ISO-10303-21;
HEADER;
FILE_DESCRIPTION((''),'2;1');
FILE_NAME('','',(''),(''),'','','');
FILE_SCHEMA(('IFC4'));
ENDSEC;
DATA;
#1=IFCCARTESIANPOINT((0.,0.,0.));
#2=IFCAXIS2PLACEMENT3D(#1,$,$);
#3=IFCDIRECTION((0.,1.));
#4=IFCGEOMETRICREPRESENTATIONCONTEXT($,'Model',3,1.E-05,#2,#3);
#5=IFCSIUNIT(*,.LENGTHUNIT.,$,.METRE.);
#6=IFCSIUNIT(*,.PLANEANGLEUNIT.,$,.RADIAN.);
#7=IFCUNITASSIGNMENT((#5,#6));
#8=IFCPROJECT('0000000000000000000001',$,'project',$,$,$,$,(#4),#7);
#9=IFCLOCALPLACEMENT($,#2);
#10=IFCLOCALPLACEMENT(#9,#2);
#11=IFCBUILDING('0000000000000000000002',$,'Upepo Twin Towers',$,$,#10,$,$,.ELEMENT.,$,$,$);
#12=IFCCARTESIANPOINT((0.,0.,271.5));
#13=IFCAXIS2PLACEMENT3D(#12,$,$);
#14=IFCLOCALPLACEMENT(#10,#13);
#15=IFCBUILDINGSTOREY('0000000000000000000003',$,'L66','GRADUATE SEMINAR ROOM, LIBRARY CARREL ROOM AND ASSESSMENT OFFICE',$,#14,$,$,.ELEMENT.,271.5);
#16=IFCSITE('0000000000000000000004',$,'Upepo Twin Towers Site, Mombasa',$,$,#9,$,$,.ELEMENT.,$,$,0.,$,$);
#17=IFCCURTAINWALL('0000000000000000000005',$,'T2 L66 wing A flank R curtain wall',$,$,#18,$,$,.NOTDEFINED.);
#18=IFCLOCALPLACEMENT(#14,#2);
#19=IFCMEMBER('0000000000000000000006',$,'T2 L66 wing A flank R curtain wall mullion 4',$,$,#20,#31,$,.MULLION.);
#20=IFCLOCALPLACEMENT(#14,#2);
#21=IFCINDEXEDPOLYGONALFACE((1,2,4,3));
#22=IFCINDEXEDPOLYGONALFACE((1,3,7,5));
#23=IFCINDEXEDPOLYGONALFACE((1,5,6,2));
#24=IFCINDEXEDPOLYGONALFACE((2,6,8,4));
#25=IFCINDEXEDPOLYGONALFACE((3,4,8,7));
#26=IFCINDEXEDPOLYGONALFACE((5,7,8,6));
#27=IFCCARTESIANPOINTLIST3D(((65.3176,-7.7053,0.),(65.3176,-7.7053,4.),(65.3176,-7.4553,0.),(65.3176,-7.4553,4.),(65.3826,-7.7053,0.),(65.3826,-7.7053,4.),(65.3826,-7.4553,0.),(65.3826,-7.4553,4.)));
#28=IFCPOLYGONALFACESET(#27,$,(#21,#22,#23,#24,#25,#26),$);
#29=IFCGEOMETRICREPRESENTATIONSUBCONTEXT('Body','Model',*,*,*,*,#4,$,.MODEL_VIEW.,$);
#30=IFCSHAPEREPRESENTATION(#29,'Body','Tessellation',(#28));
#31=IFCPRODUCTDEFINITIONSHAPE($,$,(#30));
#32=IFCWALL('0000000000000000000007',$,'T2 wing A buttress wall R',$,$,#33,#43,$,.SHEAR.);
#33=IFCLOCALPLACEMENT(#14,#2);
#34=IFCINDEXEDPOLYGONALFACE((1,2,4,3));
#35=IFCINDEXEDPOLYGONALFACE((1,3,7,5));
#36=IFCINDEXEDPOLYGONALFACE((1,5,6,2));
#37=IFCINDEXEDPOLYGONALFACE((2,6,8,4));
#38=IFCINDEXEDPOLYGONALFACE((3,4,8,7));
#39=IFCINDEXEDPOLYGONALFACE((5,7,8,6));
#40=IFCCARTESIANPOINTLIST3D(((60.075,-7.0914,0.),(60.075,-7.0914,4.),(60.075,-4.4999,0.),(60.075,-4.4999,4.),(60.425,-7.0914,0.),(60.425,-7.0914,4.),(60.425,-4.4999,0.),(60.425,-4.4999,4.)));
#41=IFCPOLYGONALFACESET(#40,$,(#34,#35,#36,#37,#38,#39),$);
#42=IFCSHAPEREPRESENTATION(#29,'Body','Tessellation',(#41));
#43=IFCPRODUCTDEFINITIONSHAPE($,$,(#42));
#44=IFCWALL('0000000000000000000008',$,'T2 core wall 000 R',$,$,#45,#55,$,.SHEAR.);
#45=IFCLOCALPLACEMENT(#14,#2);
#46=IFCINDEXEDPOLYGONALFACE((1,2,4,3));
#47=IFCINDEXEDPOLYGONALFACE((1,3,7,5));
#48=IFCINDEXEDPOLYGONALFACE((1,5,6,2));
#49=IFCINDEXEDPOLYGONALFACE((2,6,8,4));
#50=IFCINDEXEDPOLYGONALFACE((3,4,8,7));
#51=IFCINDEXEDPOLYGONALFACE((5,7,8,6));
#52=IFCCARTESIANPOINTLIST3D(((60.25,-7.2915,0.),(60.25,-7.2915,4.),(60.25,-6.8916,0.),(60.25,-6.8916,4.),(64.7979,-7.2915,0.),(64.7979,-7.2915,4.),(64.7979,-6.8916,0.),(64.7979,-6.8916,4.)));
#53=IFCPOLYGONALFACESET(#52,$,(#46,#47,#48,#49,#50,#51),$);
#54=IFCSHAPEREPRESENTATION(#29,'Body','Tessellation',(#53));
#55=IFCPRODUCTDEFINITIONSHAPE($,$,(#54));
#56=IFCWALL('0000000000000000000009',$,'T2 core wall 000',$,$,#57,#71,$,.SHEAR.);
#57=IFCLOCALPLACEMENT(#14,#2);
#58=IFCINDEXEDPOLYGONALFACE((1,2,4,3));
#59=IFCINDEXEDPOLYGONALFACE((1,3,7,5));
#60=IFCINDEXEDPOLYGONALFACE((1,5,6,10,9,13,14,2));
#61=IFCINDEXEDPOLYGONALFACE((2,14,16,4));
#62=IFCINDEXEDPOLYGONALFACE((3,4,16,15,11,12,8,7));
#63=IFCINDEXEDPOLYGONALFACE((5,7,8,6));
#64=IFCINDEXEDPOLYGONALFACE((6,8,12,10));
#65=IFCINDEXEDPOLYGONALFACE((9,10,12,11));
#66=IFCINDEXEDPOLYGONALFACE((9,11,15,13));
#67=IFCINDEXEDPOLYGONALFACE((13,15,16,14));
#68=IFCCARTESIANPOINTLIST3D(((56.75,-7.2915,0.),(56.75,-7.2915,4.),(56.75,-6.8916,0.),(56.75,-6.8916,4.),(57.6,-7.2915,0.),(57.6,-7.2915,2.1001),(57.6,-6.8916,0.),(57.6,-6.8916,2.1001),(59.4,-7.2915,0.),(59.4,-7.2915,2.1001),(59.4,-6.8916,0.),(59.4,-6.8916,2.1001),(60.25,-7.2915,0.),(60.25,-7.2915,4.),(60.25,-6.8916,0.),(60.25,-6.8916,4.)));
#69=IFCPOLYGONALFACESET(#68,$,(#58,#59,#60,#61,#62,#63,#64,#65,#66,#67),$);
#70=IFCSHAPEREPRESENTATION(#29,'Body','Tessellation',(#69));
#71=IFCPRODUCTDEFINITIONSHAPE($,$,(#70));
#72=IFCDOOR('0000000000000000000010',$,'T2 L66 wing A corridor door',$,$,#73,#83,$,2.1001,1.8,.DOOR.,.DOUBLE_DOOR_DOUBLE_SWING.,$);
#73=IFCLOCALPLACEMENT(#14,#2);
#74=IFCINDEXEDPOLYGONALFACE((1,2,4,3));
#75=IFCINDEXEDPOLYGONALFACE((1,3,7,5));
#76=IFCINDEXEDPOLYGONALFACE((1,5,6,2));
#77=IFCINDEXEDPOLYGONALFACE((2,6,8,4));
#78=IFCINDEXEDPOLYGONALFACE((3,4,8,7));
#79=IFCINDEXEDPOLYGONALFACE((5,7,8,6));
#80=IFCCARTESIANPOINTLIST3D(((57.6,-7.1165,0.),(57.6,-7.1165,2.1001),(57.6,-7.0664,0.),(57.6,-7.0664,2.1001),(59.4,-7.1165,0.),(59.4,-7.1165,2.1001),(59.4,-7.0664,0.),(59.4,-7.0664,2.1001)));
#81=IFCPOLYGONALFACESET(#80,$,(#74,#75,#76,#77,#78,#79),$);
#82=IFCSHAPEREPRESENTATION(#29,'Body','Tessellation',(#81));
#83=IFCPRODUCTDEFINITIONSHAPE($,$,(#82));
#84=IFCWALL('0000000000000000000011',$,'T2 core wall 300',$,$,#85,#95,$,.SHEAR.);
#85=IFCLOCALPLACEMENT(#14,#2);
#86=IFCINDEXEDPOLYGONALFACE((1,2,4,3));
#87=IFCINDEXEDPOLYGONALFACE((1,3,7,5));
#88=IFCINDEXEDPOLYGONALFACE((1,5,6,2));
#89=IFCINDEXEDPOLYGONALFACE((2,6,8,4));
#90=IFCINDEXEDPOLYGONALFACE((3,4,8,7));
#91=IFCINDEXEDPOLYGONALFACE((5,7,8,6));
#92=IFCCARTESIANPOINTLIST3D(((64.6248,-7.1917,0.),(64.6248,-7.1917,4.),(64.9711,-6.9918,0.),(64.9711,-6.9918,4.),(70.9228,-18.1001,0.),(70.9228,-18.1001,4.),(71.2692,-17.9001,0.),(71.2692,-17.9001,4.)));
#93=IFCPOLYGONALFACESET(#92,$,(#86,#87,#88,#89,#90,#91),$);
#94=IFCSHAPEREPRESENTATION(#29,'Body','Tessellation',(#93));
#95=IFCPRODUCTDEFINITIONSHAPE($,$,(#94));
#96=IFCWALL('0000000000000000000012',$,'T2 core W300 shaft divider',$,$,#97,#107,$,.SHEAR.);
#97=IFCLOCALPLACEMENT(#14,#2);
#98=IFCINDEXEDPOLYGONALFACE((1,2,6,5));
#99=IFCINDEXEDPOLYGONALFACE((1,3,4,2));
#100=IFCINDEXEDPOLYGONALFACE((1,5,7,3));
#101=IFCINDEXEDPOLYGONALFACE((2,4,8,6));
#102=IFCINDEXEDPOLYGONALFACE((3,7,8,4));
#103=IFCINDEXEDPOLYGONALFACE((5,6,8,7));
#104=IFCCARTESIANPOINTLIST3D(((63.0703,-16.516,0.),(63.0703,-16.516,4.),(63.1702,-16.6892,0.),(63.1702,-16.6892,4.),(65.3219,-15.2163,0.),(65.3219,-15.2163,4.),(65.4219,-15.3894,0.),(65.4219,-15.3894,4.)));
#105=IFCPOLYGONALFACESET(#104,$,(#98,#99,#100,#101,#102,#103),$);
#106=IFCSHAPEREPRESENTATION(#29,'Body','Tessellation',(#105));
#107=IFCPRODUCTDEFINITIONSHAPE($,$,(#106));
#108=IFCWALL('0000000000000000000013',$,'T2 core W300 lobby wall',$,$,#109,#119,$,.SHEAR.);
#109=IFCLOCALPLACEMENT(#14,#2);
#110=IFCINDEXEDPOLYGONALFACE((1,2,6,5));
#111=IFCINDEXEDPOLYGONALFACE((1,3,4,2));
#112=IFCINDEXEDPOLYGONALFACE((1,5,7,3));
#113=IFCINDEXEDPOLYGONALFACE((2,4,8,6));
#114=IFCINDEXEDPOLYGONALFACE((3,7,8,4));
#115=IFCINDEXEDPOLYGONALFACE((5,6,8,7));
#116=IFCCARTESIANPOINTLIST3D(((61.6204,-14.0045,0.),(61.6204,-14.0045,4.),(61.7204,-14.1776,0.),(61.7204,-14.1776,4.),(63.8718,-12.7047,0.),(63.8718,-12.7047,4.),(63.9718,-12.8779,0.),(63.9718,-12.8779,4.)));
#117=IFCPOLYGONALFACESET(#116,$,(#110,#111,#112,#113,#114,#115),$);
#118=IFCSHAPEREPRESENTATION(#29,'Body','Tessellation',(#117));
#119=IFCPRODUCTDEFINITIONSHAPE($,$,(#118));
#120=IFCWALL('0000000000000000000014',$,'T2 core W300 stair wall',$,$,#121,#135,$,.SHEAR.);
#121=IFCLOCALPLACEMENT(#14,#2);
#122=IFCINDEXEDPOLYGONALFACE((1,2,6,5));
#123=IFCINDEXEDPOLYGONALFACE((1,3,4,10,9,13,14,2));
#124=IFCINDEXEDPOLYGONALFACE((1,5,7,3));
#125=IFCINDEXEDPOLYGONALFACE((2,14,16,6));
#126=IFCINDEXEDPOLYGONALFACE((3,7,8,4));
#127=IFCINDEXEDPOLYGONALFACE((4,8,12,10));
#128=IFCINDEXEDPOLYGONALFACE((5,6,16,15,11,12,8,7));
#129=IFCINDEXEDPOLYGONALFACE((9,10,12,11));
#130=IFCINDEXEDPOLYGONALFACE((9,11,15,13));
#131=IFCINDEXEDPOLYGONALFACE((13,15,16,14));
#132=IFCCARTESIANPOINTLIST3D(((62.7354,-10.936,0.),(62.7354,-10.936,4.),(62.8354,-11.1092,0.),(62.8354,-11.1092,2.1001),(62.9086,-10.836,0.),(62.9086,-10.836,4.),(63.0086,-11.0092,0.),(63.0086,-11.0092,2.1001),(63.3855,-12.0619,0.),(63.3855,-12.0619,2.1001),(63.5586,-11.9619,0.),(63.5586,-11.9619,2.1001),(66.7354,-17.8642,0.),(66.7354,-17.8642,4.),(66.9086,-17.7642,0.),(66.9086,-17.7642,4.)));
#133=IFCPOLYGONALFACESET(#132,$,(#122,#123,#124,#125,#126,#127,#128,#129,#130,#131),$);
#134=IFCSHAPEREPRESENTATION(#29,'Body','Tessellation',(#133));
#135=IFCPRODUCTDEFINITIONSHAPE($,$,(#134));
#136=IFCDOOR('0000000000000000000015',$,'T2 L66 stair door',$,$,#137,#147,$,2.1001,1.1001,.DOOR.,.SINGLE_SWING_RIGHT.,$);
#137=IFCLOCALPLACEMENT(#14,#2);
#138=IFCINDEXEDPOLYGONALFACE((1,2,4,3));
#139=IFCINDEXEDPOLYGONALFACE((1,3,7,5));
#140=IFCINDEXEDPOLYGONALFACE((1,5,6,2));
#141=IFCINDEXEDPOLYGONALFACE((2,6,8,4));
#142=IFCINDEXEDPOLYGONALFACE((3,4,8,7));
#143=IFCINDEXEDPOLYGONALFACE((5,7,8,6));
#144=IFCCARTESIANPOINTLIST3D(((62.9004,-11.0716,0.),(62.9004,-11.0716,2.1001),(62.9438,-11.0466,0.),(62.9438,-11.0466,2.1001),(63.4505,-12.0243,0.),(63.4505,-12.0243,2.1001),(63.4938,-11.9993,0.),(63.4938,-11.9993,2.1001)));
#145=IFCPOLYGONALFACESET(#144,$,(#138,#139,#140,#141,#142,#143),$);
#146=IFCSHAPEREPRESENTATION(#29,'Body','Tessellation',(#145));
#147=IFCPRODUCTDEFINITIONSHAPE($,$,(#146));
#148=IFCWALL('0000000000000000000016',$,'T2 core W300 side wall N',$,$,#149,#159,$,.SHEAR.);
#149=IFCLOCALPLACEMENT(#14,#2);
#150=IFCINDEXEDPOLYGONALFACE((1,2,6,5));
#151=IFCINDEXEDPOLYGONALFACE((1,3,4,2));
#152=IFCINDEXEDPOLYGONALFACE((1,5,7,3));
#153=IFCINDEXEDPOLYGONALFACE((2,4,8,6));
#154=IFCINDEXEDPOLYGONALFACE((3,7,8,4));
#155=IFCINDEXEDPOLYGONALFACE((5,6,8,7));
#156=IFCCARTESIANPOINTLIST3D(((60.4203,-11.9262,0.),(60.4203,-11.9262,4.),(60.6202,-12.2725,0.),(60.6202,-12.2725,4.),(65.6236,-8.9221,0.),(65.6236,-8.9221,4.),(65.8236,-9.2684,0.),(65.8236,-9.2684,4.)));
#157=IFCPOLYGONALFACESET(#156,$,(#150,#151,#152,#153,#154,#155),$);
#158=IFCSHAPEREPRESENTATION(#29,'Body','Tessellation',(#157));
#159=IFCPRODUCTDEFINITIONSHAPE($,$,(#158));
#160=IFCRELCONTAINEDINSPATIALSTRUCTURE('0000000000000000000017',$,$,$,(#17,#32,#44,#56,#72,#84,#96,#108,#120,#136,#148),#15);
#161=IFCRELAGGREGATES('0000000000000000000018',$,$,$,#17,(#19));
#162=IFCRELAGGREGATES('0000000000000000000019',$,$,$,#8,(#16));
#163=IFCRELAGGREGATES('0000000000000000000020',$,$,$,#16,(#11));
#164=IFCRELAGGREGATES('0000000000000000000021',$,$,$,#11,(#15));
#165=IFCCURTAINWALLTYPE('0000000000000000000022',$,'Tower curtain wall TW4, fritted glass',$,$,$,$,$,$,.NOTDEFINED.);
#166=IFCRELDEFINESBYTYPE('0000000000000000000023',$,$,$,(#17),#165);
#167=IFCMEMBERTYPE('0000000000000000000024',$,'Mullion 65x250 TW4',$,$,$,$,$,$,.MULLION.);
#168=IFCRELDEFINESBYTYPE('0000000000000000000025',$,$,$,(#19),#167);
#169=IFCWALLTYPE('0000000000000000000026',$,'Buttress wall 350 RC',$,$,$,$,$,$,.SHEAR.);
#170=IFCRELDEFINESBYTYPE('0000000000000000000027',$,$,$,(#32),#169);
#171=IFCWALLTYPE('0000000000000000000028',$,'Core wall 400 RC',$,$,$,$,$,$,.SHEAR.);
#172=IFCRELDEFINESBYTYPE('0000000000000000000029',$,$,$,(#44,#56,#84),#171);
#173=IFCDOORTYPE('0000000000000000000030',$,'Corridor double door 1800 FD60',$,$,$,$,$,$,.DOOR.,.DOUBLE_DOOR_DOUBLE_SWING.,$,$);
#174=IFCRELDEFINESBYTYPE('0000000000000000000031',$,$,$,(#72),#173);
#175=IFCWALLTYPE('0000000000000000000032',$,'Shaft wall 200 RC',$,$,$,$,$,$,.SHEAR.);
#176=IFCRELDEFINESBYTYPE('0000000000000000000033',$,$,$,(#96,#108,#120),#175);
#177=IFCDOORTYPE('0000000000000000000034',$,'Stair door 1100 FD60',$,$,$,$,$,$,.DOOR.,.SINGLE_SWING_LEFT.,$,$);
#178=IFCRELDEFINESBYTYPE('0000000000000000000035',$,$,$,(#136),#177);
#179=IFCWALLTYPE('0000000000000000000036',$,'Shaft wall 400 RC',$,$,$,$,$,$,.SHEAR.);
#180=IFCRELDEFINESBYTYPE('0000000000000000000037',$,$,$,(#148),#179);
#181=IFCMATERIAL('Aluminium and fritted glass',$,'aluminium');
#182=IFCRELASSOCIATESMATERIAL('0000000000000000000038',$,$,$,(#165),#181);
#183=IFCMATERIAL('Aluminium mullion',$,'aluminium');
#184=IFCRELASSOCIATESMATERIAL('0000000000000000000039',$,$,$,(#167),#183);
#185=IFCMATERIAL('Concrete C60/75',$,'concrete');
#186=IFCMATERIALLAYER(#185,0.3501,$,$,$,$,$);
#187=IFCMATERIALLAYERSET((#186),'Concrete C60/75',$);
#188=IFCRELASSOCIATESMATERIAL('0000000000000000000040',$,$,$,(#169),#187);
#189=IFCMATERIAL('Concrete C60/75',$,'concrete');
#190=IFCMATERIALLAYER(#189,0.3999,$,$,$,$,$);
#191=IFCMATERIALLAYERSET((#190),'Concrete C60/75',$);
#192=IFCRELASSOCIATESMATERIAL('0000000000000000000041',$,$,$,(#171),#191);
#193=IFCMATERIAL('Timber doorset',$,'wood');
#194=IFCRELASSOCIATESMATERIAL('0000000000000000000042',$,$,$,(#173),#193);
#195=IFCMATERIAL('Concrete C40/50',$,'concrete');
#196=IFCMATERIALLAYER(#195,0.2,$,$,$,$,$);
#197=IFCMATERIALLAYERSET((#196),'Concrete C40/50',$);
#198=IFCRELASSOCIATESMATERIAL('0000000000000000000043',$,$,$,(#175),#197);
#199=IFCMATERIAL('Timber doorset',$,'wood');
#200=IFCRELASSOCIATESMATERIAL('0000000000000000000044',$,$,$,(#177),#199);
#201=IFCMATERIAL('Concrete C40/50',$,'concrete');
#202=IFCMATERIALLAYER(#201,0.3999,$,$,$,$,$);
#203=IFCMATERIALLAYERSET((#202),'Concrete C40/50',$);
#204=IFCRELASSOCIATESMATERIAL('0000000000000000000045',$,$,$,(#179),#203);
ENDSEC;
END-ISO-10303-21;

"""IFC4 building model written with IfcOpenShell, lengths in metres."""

from ifc_helpers import new_model, si_unit, direction, frame, frame_2d, origin, origin_2d, place, context, subcontext, project, spatial, rectangle, extrude, material, layer, layer_set, material_profile, profile_set, type_object, element, fill, aggregate, save


model = new_model("IFC4")

# Units and contexts
model_context = context("Model", 3, precision=1e-05, world=origin(), true_north=direction((0.0, 1.0)))
body_context = subcontext(model_context, "Body", "Model", "MODEL_VIEW")
ifc_project = project(units=[si_unit("LENGTHUNIT", "METRE"), si_unit("PLANEANGLEUNIT", "RADIAN")], contexts=[model_context])

# Site, building, storey
site_placement = place(None, origin())
site = spatial("IfcSite", under=ifc_project, at=site_placement, Name="Upepo Twin Towers Site, Mombasa", CompositionType="ELEMENT", RefElevation=0.0)
building_placement = place(site_placement, origin())
building = spatial("IfcBuilding", under=site, at=building_placement, Name="Upepo Twin Towers", CompositionType="ELEMENT")
storey_placement = place(building_placement, frame((0.0, 0.0, 271.5)))
storey = spatial("IfcBuildingStorey", under=building, at=storey_placement, Name="L66", Description="GRADUATE SEMINAR ROOM, LIBRARY CARREL ROOM AND ASSESSMENT OFFICE", CompositionType="ELEMENT", Elevation=271.5)

# Curtain wall, member
ifc_material_1 = material(Name="Aluminium and fritted glass", Category="aluminium")
curtain_wall_type = type_object("IfcCurtainWallType", Name="Tower curtain wall TW4, fritted glass", PredefinedType="NOTDEFINED", material=ifc_material_1)
curtain_wall_placement = place(storey_placement, origin())
curtain_wall = element("IfcCurtainWall", 1, at=curtain_wall_placement, inside=storey, type_object=curtain_wall_type, Name="T2 L66 wing A flank R curtain wall", PredefinedType="NOTDEFINED")
ifc_material_2 = material(Name="Aluminium mullion", Category="aluminium")
ifc_material_profile = material_profile(ifc_material_2, rectangle(XDim=0.0649, YDim=0.25, at=origin_2d()), Name="MULLION 65x250")
ifc_profile_set = profile_set([ifc_material_profile], Name="Aluminium mullion")
member_type = type_object("IfcMemberType", Name="Mullion 65x250 TW4", PredefinedType="MULLION", material=ifc_profile_set)
member_placement = place(storey_placement, frame((65.3501, -7.5803, 0.0), z_axis=(0.0, 0.0, 1.0), x_axis=(1.0, 0.0, 0.0)))
member = element("IfcMember", 2, at=member_placement, type_object=member_type, Name="T2 L66 wing A flank R curtain wall mullion 4", PredefinedType="MULLION", context=body_context, shape_type="SweptSolid", body=[
    extrude(rectangle(XDim=0.0649, YDim=0.25, at=origin_2d()), origin(), (0.0, 0.0, 1.0), 4.0),
])
aggregate(curtain_wall, [member])

# Walls
ifc_material_3 = material(Name="Concrete C60/75", Category="concrete")
ifc_layer_1 = layer(ifc_material_3, 0.3501)
ifc_layer_set_1 = layer_set([ifc_layer_1], Name="Concrete C60/75")
wall_type_1 = type_object("IfcWallType", Name="Buttress wall 350 RC", PredefinedType="SHEAR", material=ifc_layer_set_1)
wall_1_placement = place(storey_placement, frame((60.25, -7.0916, 0.0), z_axis=(0.0, 0.0, 1.0), x_axis=(0.0, 1.0, 0.0)))
element("IfcWall", 3, at=wall_1_placement, inside=storey, type_object=wall_type_1, Name="T2 wing A buttress wall R", PredefinedType="SHEAR", context=body_context, shape_type="SweptSolid", body=[
    extrude(rectangle(XDim=2.5916, YDim=0.3501, at=frame_2d((1.2959, 0.0))), origin(), (0.0, 0.0, 1.0), 4.0),
])
ifc_material_4 = material(Name="Concrete C60/75", Category="concrete")
ifc_layer_2 = layer(ifc_material_4, 0.3999)
ifc_layer_set_2 = layer_set([ifc_layer_2], Name="Concrete C60/75")
wall_type_2 = type_object("IfcWallType", Name="Core wall 400 RC", PredefinedType="SHEAR", material=ifc_layer_set_2)
wall_2_placement = place(storey_placement, frame((64.7979, -7.0916, 0.0), z_axis=(0.0, 0.0, 1.0), x_axis=(-1.0, 0.0, 0.0)))
element("IfcWall", 4, at=wall_2_placement, inside=storey, type_object=wall_type_2, Name="T2 core wall 000 R", PredefinedType="SHEAR", context=body_context, shape_type="SweptSolid", body=[
    extrude(rectangle(XDim=4.5479, YDim=0.3999, at=frame_2d((2.2739, 0.0))), origin(), (0.0, 0.0, 1.0), 4.0),
])

# Wall, opening, door
wall_3_placement = place(storey_placement, frame((60.25, -7.0916, 0.0), z_axis=(0.0, 0.0, 1.0), x_axis=(-1.0, 0.0, 0.0)))
wall_3 = element("IfcWall", 5, at=wall_3_placement, inside=storey, type_object=wall_type_2, Name="T2 core wall 000", PredefinedType="SHEAR", context=body_context, shape_type="SweptSolid", body=[
    extrude(rectangle(XDim=3.5, YDim=0.3999, at=frame_2d((1.75, 0.0))), origin(), (0.0, 0.0, 1.0), 4.0),
])
opening_1_placement = place(wall_3_placement, frame((0.8501, 0.0, 0.0)))
opening_1 = element("IfcOpeningElement", 6, at=opening_1_placement, cuts=wall_3, PredefinedType="OPENING", context=body_context, shape_type="SweptSolid", body=[
    extrude(rectangle(XDim=1.8, YDim=2.1001, at=frame_2d((0.8999, 1.05))), frame((0.0, 0.21, 0.0), z_axis=(0.0, -1.0, 0.0), x_axis=(1.0, 0.0, 0.0)), (0.0, 0.0, 1.0), 0.4199),
])
ifc_material_5 = material(Name="Timber doorset", Category="wood")
door_type_1 = type_object("IfcDoorType", Name="Corridor double door 1800 FD60", OperationType="DOUBLE_DOOR_DOUBLE_SWING", PredefinedType="DOOR", material=ifc_material_5)
door_1_placement = place(opening_1_placement, origin())
door_1 = element("IfcDoor", 7, at=door_1_placement, inside=storey, type_object=door_type_1, Name="T2 L66 wing A corridor door", OperationType="DOUBLE_DOOR_DOUBLE_SWING", OverallHeight=2.1001, OverallWidth=1.8, PredefinedType="DOOR", context=body_context, shape_type="SweptSolid", body=[
    extrude(rectangle(XDim=1.8, YDim=2.1001, at=frame_2d((0.8999, 1.05))), frame((0.0, 0.0249, 0.0), z_axis=(0.0, -1.0, 0.0), x_axis=(1.0, 0.0, 0.0)), (0.0, 0.0, 1.0), 0.05),
])
fill(opening_1, door_1)

# Walls
wall_4_placement = place(storey_placement, frame((71.0959, -18.0, 0.0), z_axis=(0.0, 0.0, 1.0), x_axis=(-0.500006, 0.866022, 0.0)))
element("IfcWall", 8, at=wall_4_placement, inside=storey, type_object=wall_type_2, Name="T2 core wall 300", PredefinedType="SHEAR", context=body_context, shape_type="SweptSolid", body=[
    extrude(rectangle(XDim=12.5959, YDim=0.3999, at=frame_2d((6.2979, 0.0))), origin(), (0.0, 0.0, 1.0), 4.0),
])
ifc_material_6 = material(Name="Concrete C40/50", Category="concrete")
ifc_layer_3 = layer(ifc_material_6, 0.2)
ifc_layer_set_3 = layer_set([ifc_layer_3], Name="Concrete C40/50")
wall_type_3 = type_object("IfcWallType", Name="Shaft wall 200 RC", PredefinedType="SHEAR", material=ifc_layer_set_3)
wall_5_placement = place(storey_placement, frame((63.1204, -16.6025, 0.0), z_axis=(0.0, 0.0, 1.0), x_axis=(0.866062, 0.499937, 0.0)))
element("IfcWall", 9, at=wall_5_placement, inside=storey, type_object=wall_type_3, Name="T2 core W300 shaft divider", PredefinedType="SHEAR", context=body_context, shape_type="SweptSolid", body=[
    extrude(rectangle(XDim=2.5999, YDim=0.2, at=frame_2d((1.2998, 0.0))), origin(), (0.0, 0.0, 1.0), 4.0),
])
wall_6_placement = place(storey_placement, frame((61.6704, -14.0911, 0.0), z_axis=(0.0, 0.0, 1.0), x_axis=(0.866039, 0.499977, 0.0)))
element("IfcWall", 10, at=wall_6_placement, inside=storey, type_object=wall_type_3, Name="T2 core W300 lobby wall", PredefinedType="SHEAR", context=body_context, shape_type="SweptSolid", body=[
    extrude(rectangle(XDim=2.5996, YDim=0.2, at=frame_2d((1.2998, 0.0))), origin(), (0.0, 0.0, 1.0), 4.0),
])

# Wall, opening, door
wall_7_placement = place(storey_placement, frame((66.822, -17.8142, 0.0), z_axis=(0.0, 0.0, 1.0), x_axis=(-0.499999, 0.866026, 0.0)))
wall_7 = element("IfcWall", 11, at=wall_7_placement, inside=storey, type_object=wall_type_3, Name="T2 core W300 stair wall", PredefinedType="SHEAR", context=body_context, shape_type="SweptSolid", body=[
    extrude(rectangle(XDim=8.0, YDim=0.2, at=frame_2d((4.0, 0.0))), origin(), (0.0, 0.0, 1.0), 4.0),
])
opening_2_placement = place(wall_7_placement, frame((6.7, 0.0, 0.0)))
opening_2 = element("IfcOpeningElement", 12, at=opening_2_placement, cuts=wall_7, PredefinedType="OPENING", context=body_context, shape_type="SweptSolid", body=[
    extrude(rectangle(XDim=1.1001, YDim=2.1001, at=frame_2d((0.55, 1.05))), frame((0.0, 0.1099, 0.0), z_axis=(0.0, -1.0, 0.0), x_axis=(1.0, 0.0, 0.0)), (0.0, 0.0, 1.0), 0.22),
])
ifc_material_7 = material(Name="Timber doorset", Category="wood")
door_type_2 = type_object("IfcDoorType", Name="Stair door 1100 FD60", OperationType="SINGLE_SWING_LEFT", PredefinedType="DOOR", material=ifc_material_7)
door_2_placement = place(opening_2_placement, origin())
door_2 = element("IfcDoor", 13, at=door_2_placement, inside=storey, type_object=door_type_2, Name="T2 L66 stair door", OperationType="SINGLE_SWING_RIGHT", OverallHeight=2.1001, OverallWidth=1.1001, PredefinedType="DOOR", context=body_context, shape_type="SweptSolid", body=[
    extrude(rectangle(XDim=1.1001, YDim=2.1001, at=frame_2d((0.55, 1.05))), frame((0.0, 0.0249, 0.0), z_axis=(0.0, -1.0, 0.0), x_axis=(1.0, 0.0, 0.0)), (0.0, 0.0, 1.0), 0.05),
])
fill(opening_2, door_2)

# Wall
ifc_material_8 = material(Name="Concrete C40/50", Category="concrete")
ifc_layer_4 = layer(ifc_material_8, 0.3999)
ifc_layer_set_4 = layer_set([ifc_layer_4], Name="Concrete C40/50")
wall_type_4 = type_object("IfcWallType", Name="Shaft wall 400 RC", PredefinedType="SHEAR", material=ifc_layer_set_4)
wall_8_placement = place(storey_placement, frame((60.5203, -12.0994, 0.0), z_axis=(0.0, 0.0, 1.0), x_axis=(0.866027, 0.499998, 0.0)))
element("IfcWall", 14, at=wall_8_placement, inside=storey, type_object=wall_type_4, Name="T2 core W300 side wall N", PredefinedType="SHEAR", context=body_context, shape_type="SweptSolid", body=[
    extrude(rectangle(XDim=6.0083, YDim=0.3999, at=frame_2d((3.0042, 0.0))), origin(), (0.0, 0.0, 1.0), 4.0),
])

save(model, "model.ifc")
